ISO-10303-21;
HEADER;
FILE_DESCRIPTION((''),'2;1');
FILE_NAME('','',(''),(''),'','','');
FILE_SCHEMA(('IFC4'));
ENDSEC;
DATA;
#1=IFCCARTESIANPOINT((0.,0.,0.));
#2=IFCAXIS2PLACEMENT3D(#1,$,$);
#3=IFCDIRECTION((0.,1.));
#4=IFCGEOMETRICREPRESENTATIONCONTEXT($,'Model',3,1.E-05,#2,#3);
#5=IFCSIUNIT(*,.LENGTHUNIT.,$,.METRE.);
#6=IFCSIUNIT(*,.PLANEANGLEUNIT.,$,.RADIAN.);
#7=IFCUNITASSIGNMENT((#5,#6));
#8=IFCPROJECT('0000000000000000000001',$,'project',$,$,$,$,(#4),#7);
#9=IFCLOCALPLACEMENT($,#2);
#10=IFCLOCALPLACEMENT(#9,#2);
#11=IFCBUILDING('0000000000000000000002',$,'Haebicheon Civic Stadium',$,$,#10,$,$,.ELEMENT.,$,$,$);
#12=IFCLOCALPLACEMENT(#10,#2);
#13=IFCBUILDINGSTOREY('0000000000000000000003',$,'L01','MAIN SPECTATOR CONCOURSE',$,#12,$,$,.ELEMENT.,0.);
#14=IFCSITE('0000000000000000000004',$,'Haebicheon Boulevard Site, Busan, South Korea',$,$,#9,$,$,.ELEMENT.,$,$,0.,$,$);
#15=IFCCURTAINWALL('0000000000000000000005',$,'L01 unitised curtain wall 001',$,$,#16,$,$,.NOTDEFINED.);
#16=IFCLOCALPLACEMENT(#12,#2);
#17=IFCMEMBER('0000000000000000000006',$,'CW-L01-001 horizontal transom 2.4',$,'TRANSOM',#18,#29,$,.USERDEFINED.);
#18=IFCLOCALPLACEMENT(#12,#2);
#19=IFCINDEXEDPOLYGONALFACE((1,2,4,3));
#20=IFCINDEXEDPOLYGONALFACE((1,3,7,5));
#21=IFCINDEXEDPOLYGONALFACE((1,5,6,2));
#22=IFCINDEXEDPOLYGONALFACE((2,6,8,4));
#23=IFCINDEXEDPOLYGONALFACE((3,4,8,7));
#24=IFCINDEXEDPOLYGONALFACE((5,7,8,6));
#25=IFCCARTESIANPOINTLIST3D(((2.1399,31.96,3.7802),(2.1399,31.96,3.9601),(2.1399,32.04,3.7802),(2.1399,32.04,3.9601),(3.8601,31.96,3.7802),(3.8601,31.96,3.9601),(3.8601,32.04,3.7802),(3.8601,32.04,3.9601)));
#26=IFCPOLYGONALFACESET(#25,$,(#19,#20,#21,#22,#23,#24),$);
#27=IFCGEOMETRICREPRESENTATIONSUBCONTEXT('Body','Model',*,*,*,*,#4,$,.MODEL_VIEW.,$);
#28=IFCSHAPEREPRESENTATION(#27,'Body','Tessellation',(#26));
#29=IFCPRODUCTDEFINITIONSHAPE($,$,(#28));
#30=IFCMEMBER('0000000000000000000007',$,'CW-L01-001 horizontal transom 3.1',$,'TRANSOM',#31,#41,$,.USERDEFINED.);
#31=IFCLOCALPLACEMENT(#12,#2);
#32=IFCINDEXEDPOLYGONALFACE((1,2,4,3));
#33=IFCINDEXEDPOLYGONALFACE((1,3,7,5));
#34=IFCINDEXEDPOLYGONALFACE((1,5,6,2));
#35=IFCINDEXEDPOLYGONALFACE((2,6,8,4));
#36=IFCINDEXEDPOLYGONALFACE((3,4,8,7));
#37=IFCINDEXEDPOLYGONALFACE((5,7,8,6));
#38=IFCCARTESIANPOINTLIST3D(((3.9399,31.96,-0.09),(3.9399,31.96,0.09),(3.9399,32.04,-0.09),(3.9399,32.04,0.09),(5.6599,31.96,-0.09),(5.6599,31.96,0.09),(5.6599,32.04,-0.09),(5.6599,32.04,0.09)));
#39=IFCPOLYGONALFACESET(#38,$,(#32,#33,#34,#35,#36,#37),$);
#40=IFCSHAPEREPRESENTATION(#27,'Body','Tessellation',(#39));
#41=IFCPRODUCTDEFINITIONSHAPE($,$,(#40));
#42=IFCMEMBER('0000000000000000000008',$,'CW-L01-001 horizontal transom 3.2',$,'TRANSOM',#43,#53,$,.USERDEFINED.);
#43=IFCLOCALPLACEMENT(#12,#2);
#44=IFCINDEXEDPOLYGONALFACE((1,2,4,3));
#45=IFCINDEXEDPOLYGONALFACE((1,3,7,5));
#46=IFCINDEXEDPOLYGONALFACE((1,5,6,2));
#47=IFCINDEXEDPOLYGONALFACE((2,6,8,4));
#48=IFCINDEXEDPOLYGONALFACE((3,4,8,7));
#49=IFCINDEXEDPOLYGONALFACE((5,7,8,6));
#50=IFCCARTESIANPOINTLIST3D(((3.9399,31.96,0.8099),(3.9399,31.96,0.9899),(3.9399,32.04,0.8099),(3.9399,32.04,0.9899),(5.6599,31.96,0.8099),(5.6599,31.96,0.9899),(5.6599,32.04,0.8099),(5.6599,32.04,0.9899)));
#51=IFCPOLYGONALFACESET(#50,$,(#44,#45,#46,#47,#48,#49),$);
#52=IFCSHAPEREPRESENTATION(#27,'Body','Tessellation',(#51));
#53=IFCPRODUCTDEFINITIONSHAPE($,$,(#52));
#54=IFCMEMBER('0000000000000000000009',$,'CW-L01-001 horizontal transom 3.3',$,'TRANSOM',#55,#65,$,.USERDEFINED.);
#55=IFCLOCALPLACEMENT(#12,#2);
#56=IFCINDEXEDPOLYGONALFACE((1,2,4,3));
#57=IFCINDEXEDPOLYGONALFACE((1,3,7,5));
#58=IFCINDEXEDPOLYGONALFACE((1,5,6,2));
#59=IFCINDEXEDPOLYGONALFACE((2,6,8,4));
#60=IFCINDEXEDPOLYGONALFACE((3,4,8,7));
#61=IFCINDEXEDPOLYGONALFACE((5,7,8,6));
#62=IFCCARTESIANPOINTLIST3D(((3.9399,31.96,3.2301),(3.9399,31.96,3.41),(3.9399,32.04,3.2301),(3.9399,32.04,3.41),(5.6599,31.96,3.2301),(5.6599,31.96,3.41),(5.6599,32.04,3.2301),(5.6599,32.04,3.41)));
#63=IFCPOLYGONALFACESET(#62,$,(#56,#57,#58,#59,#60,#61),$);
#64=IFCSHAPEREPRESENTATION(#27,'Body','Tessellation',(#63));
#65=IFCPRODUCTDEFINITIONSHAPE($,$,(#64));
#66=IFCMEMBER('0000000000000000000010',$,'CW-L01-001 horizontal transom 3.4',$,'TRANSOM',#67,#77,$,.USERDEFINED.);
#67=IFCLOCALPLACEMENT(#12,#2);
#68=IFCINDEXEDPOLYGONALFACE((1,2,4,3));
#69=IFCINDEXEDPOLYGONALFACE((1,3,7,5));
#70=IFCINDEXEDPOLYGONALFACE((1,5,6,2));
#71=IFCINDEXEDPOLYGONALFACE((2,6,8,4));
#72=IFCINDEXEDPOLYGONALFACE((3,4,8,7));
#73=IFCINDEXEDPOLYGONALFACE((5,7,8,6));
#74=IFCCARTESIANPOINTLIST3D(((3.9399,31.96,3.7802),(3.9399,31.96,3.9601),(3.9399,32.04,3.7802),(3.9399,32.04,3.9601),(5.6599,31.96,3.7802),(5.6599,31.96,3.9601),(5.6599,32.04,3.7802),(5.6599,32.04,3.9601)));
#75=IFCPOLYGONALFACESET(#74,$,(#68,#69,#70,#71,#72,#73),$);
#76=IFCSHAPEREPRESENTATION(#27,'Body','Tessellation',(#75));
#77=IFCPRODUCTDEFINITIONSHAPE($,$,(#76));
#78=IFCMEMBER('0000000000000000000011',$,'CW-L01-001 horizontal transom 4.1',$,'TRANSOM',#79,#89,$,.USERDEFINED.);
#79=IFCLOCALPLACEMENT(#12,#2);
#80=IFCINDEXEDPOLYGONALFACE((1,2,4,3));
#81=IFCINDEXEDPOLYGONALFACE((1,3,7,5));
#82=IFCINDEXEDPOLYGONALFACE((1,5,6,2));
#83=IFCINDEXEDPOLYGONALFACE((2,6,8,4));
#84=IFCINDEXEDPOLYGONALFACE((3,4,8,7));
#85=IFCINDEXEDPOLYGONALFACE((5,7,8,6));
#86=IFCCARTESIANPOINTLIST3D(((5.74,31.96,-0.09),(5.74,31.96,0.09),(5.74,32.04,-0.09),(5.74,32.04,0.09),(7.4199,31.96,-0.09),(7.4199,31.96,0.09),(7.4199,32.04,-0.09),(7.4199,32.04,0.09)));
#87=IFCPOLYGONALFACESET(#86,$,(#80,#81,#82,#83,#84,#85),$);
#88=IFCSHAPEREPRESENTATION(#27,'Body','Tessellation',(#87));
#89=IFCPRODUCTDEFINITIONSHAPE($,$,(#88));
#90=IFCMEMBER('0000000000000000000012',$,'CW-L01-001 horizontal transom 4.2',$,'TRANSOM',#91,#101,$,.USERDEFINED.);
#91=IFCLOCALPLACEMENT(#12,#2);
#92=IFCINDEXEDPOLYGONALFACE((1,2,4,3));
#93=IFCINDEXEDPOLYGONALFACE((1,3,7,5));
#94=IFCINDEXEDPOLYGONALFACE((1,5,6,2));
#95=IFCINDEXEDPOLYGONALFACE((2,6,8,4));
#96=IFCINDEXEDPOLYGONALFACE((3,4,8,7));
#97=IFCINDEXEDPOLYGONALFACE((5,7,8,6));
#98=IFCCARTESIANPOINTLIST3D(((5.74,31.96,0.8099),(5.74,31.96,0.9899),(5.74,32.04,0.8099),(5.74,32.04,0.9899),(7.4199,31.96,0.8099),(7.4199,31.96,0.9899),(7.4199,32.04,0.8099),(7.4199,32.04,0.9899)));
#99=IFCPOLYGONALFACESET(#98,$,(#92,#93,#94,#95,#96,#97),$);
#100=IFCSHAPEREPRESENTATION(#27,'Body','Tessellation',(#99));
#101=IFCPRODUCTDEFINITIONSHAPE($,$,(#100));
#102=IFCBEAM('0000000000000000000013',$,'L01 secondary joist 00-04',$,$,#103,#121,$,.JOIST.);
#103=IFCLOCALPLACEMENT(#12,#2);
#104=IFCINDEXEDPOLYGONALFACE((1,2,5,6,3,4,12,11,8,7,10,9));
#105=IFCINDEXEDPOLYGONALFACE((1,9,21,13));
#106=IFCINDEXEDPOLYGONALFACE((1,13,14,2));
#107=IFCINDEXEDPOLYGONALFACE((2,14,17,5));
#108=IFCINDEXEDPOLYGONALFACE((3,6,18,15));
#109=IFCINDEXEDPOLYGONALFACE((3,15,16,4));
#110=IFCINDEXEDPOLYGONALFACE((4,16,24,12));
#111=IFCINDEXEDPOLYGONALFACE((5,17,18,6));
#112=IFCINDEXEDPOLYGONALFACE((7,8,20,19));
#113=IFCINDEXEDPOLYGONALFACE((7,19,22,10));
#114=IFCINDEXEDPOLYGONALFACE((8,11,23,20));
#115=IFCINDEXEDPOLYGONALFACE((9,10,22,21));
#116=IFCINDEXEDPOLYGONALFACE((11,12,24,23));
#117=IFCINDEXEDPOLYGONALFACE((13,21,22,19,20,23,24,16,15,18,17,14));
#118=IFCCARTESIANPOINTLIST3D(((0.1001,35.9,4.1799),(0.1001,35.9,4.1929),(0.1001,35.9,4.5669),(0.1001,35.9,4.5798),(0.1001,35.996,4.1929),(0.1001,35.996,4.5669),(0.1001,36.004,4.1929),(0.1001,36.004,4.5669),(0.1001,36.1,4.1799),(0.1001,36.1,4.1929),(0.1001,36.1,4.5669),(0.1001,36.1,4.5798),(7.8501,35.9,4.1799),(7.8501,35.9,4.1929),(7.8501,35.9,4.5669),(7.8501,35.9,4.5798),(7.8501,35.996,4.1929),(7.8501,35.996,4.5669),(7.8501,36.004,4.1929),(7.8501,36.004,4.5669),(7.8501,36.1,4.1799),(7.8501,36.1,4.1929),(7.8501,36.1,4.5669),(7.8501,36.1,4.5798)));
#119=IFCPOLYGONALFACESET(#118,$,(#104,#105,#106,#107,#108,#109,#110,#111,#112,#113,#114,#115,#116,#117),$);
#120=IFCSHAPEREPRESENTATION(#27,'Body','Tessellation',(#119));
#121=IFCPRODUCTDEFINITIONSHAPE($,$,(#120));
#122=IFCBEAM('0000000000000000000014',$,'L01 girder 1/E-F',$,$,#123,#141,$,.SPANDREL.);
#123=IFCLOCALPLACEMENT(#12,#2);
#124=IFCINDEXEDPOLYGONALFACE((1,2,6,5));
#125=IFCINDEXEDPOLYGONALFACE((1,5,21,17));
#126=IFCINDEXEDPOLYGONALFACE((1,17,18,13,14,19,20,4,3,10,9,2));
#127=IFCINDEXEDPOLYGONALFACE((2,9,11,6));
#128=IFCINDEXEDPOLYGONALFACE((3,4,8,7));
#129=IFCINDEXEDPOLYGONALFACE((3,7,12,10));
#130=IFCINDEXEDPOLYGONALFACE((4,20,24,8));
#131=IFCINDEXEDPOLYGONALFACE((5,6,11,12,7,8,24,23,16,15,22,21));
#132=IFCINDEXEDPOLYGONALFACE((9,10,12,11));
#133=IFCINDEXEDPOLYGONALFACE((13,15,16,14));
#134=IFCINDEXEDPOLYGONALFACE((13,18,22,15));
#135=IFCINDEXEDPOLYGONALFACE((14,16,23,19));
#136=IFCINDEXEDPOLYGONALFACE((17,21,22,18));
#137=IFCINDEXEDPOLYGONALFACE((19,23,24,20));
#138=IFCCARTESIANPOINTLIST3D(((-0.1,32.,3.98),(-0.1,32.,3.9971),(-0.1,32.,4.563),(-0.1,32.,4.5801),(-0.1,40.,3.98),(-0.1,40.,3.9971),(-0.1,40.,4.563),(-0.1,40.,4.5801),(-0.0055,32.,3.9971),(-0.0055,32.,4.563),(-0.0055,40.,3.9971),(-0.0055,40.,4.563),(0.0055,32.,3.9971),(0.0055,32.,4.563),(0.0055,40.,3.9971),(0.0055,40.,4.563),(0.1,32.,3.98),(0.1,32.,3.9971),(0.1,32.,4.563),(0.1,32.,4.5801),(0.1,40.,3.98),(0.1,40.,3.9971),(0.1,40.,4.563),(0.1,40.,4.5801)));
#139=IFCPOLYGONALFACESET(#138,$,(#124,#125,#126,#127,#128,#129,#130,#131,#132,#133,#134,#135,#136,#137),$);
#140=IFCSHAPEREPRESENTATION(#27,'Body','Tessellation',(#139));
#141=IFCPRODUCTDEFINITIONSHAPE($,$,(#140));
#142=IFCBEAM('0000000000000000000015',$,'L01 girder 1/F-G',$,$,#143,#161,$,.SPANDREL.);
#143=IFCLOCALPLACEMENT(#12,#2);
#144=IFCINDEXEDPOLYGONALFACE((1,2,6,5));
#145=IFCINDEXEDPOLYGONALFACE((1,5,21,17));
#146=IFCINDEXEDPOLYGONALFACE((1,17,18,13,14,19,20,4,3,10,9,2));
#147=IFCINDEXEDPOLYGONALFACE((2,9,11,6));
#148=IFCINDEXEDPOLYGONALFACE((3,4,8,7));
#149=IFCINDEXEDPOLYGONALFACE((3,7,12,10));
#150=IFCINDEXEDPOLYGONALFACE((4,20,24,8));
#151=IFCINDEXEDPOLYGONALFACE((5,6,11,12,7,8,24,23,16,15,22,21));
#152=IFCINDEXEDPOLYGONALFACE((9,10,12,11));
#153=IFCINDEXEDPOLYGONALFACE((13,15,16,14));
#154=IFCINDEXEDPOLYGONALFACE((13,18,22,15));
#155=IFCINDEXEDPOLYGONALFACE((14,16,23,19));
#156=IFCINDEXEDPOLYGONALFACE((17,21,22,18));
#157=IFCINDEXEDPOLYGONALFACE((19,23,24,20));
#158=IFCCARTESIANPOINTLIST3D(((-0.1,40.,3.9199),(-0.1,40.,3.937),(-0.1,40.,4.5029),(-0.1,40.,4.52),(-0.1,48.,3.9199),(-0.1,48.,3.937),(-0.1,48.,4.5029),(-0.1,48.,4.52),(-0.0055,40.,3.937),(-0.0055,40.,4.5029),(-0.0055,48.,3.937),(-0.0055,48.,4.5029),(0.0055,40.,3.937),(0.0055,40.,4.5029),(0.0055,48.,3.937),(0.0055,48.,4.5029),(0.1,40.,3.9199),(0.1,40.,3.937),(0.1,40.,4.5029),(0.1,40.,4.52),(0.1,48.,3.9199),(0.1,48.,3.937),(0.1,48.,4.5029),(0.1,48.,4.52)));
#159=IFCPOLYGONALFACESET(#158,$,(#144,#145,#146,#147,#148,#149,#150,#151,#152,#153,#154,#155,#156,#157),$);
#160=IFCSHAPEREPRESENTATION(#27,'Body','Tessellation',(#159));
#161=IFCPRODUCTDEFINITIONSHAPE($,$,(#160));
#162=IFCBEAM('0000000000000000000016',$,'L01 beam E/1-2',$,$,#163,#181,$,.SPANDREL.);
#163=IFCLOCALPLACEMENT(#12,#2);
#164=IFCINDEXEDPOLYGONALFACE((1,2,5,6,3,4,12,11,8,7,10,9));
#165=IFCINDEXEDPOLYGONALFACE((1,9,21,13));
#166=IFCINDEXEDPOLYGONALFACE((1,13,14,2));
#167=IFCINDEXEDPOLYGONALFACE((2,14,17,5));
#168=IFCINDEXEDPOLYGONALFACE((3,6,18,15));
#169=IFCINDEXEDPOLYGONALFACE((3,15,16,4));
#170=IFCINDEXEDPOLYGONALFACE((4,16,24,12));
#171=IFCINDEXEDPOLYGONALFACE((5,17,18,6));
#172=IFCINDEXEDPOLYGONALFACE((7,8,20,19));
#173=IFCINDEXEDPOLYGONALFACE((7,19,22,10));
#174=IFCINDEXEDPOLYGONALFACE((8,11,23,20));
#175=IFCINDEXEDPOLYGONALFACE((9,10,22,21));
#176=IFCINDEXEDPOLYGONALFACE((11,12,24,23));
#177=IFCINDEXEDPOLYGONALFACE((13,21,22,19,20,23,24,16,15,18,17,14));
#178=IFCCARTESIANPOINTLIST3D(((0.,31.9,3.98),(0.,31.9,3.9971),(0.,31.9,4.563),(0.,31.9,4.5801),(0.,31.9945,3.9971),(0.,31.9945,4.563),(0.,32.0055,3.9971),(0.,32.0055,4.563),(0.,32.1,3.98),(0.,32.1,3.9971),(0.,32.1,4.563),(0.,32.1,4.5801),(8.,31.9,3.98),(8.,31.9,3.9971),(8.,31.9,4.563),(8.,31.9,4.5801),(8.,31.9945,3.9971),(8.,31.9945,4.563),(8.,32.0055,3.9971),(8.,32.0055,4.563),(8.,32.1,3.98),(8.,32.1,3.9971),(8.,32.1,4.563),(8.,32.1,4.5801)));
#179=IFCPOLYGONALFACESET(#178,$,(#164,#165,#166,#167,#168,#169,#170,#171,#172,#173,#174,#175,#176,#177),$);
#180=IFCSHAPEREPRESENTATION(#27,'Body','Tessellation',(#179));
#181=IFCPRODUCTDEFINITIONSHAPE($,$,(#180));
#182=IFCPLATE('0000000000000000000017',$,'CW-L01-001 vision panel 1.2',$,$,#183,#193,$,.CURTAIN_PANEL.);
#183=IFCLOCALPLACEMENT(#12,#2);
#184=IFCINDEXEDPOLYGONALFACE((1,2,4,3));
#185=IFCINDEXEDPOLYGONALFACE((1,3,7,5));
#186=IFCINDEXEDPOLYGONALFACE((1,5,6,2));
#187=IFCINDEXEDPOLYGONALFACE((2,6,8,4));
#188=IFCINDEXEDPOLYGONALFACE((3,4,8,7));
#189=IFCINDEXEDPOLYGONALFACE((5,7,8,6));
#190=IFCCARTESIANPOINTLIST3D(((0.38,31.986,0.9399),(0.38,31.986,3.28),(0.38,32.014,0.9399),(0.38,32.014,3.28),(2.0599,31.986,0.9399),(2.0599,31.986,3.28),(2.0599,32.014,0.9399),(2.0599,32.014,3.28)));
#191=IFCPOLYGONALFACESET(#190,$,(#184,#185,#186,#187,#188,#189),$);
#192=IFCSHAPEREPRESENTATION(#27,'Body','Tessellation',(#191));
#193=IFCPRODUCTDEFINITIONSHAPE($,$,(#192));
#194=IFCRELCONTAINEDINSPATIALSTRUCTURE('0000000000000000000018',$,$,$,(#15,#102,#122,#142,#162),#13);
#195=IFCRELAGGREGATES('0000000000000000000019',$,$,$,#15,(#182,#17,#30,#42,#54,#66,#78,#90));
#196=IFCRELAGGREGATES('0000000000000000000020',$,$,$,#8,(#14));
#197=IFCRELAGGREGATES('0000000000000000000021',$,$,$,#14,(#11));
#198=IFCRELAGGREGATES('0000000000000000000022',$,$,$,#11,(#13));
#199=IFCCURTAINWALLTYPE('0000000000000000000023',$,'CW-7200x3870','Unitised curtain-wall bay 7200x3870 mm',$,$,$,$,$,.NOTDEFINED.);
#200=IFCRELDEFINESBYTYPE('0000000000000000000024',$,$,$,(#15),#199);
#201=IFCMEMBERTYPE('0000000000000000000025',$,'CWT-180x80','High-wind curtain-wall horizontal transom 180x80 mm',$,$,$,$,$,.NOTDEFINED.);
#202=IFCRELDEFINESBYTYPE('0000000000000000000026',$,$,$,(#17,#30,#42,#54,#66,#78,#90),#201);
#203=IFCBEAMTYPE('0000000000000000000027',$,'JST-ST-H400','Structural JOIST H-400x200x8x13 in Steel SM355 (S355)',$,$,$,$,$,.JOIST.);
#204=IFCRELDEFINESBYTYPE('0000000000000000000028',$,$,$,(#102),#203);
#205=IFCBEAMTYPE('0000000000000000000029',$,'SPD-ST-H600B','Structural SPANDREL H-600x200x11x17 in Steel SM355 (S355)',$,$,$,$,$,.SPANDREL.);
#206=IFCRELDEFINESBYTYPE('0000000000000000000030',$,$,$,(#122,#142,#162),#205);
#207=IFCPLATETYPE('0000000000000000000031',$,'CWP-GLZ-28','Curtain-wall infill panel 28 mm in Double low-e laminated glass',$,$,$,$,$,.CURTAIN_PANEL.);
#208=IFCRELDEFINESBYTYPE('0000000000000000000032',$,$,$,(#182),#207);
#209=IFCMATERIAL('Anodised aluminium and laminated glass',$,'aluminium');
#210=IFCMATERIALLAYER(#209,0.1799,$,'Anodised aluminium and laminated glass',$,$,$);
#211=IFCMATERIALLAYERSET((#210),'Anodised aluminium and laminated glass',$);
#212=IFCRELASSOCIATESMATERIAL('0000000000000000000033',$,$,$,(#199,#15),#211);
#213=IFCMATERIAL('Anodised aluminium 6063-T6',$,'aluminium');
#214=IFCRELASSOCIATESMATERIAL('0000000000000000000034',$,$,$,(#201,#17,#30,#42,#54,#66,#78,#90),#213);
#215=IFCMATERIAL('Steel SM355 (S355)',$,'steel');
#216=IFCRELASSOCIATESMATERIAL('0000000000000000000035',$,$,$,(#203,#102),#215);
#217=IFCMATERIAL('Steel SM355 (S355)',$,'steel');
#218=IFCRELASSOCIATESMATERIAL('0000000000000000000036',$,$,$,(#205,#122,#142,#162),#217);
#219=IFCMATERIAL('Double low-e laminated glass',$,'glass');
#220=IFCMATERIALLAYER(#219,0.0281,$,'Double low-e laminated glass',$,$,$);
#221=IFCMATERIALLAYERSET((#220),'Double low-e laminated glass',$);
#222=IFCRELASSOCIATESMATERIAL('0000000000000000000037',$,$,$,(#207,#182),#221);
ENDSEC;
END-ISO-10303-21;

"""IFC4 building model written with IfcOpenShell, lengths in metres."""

from ifc_helpers import new_model, si_unit, direction, frame, origin, origin_2d, place, context, subcontext, project, spatial, rectangle, i_section, extrude, material, layer, layer_set, material_profile, profile_set, type_object, element, aggregate, save


model = new_model("IFC4")

# Units and contexts
model_context = context("Model", 3, precision=1e-05, world=origin(), true_north=direction((0.0, 1.0)))
body_context = subcontext(model_context, "Body", "Model", "MODEL_VIEW")
ifc_project = project(units=[si_unit("LENGTHUNIT", "METRE"), si_unit("PLANEANGLEUNIT", "RADIAN")], contexts=[model_context])

# Site, building, storey
site_placement = place(None, origin())
site = spatial("IfcSite", under=ifc_project, at=site_placement, Name="Haebicheon Boulevard Site, Busan, South Korea", CompositionType="ELEMENT", RefElevation=0.0)
building_placement = place(site_placement, origin())
building = spatial("IfcBuilding", under=site, at=building_placement, Name="Haebicheon Civic Stadium", CompositionType="ELEMENT")
storey_placement = place(building_placement, origin())
storey = spatial("IfcBuildingStorey", under=building, at=storey_placement, Name="L01", Description="MAIN SPECTATOR CONCOURSE", CompositionType="ELEMENT", Elevation=0.0)

# Curtain wall, members
ifc_material_1 = material(Name="Anodised aluminium and laminated glass", Category="aluminium")
ifc_layer_1 = layer(ifc_material_1, 0.1799, Name="Anodised aluminium and laminated glass")
ifc_layer_set_1 = layer_set([ifc_layer_1], Name="Anodised aluminium and laminated glass")
curtain_wall_type = type_object("IfcCurtainWallType", Name="CW-7200x3870", Description="Unitised curtain-wall bay 7200x3870 mm", PredefinedType="NOTDEFINED", material=ifc_layer_set_1)
curtain_wall_placement = place(storey_placement, origin())
curtain_wall = element("IfcCurtainWall", 1, at=curtain_wall_placement, inside=storey, type_object=curtain_wall_type, material=ifc_layer_set_1, Name="L01 unitised curtain wall 001", PredefinedType="NOTDEFINED")
ifc_material_2 = material(Name="Anodised aluminium 6063-T6", Category="aluminium")
ifc_material_profile_1 = material_profile(ifc_material_2, rectangle(XDim=0.0801, YDim=0.1799, at=origin_2d()), Name="ALU-TRAN-80x180")
ifc_profile_set_1 = profile_set([ifc_material_profile_1], Name="Anodised aluminium 6063-T6")
member_type_1 = type_object("IfcMemberType", Name="CWT-180x80", Description="High-wind curtain-wall horizontal transom 180x80 mm", PredefinedType="NOTDEFINED", material=ifc_profile_set_1)
member_1_placement = place(storey_placement, frame((2.1399, 32.0, 3.8701), z_axis=(1.0, 0.0, 0.0), x_axis=(0.0, 1.0, 0.0)))
member_1 = element("IfcMember", 2, at=member_1_placement, type_object=member_type_1, material=ifc_profile_set_1, Name="CW-L01-001 horizontal transom 2.4", ObjectType="TRANSOM", PredefinedType="USERDEFINED", context=body_context, shape_type="SweptSolid", body=[
    extrude(rectangle(XDim=0.0801, YDim=0.1799, at=origin_2d()), origin(), (0.0, 0.0, 1.0), 1.7202),
])
member_2_placement = place(storey_placement, frame((3.9399, 32.0, 0.0), z_axis=(1.0, 0.0, 0.0), x_axis=(0.0, 1.0, 0.0)))
member_2 = element("IfcMember", 3, at=member_2_placement, type_object=member_type_1, material=ifc_profile_set_1, Name="CW-L01-001 horizontal transom 3.1", ObjectType="TRANSOM", PredefinedType="USERDEFINED", context=body_context, shape_type="SweptSolid", body=[
    extrude(rectangle(XDim=0.0801, YDim=0.1799, at=origin_2d()), origin(), (0.0, 0.0, 1.0), 1.72),
])
member_3_placement = place(storey_placement, frame((3.9399, 32.0, 0.8999), z_axis=(1.0, 0.0, 0.0), x_axis=(0.0, 1.0, 0.0)))
member_3 = element("IfcMember", 4, at=member_3_placement, type_object=member_type_1, material=ifc_profile_set_1, Name="CW-L01-001 horizontal transom 3.2", ObjectType="TRANSOM", PredefinedType="USERDEFINED", context=body_context, shape_type="SweptSolid", body=[
    extrude(rectangle(XDim=0.0801, YDim=0.1799, at=origin_2d()), origin(), (0.0, 0.0, 1.0), 1.72),
])
member_4_placement = place(storey_placement, frame((3.9399, 32.0, 3.3201), z_axis=(1.0, 0.0, 0.0), x_axis=(0.0, 1.0, 0.0)))
member_4 = element("IfcMember", 5, at=member_4_placement, type_object=member_type_1, material=ifc_profile_set_1, Name="CW-L01-001 horizontal transom 3.3", ObjectType="TRANSOM", PredefinedType="USERDEFINED", context=body_context, shape_type="SweptSolid", body=[
    extrude(rectangle(XDim=0.0801, YDim=0.1799, at=origin_2d()), origin(), (0.0, 0.0, 1.0), 1.72),
])
member_5_placement = place(storey_placement, frame((3.9399, 32.0, 3.8701), z_axis=(1.0, 0.0, 0.0), x_axis=(0.0, 1.0, 0.0)))
member_5 = element("IfcMember", 6, at=member_5_placement, type_object=member_type_1, material=ifc_profile_set_1, Name="CW-L01-001 horizontal transom 3.4", ObjectType="TRANSOM", PredefinedType="USERDEFINED", context=body_context, shape_type="SweptSolid", body=[
    extrude(rectangle(XDim=0.0801, YDim=0.1799, at=origin_2d()), origin(), (0.0, 0.0, 1.0), 1.72),
])
member_6_placement = place(storey_placement, frame((5.74, 32.0, 0.0), z_axis=(1.0, 0.0, 0.0), x_axis=(0.0, 1.0, 0.0)))
member_6 = element("IfcMember", 7, at=member_6_placement, type_object=member_type_1, material=ifc_profile_set_1, Name="CW-L01-001 horizontal transom 4.1", ObjectType="TRANSOM", PredefinedType="USERDEFINED", context=body_context, shape_type="SweptSolid", body=[
    extrude(rectangle(XDim=0.0801, YDim=0.1799, at=origin_2d()), origin(), (0.0, 0.0, 1.0), 1.6799),
])
member_7_placement = place(storey_placement, frame((5.74, 32.0, 0.8999), z_axis=(1.0, 0.0, 0.0), x_axis=(0.0, 1.0, 0.0)))
member_7 = element("IfcMember", 8, at=member_7_placement, type_object=member_type_1, material=ifc_profile_set_1, Name="CW-L01-001 horizontal transom 4.2", ObjectType="TRANSOM", PredefinedType="USERDEFINED", context=body_context, shape_type="SweptSolid", body=[
    extrude(rectangle(XDim=0.0801, YDim=0.1799, at=origin_2d()), origin(), (0.0, 0.0, 1.0), 1.6799),
])

# Beams
ifc_material_3 = material(Name="Steel SM355 (S355)", Category="steel")
ifc_material_profile_2 = material_profile(ifc_material_3, i_section(OverallWidth=0.2, OverallDepth=0.3999, WebThickness=0.0081, FlangeThickness=0.0129, at=origin_2d()), Name="H-400x200x8x13")
ifc_profile_set_2 = profile_set([ifc_material_profile_2], Name="Steel SM355 (S355)")
beam_type_1 = type_object("IfcBeamType", Name="JST-ST-H400", Description="Structural JOIST H-400x200x8x13 in Steel SM355 (S355)", PredefinedType="JOIST", material=ifc_profile_set_2)
beam_1_placement = place(storey_placement, frame((0.1001, 36.0, 4.3799), z_axis=(1.0, 0.0, 0.0), x_axis=(0.0, 1.0, 0.0)))
element("IfcBeam", 9, at=beam_1_placement, inside=storey, type_object=beam_type_1, material=ifc_profile_set_2, Name="L01 secondary joist 00-04", PredefinedType="JOIST", context=body_context, shape_type="SweptSolid", body=[
    extrude(i_section(OverallWidth=0.2, OverallDepth=0.3999, WebThickness=0.0081, FlangeThickness=0.0129, at=origin_2d()), origin(), (0.0, 0.0, 1.0), 7.75),
])
ifc_material_4 = material(Name="Steel SM355 (S355)", Category="steel")
ifc_material_profile_3 = material_profile(ifc_material_4, i_section(OverallWidth=0.2, OverallDepth=0.6001, WebThickness=0.011, FlangeThickness=0.0171, at=origin_2d()), Name="H-600x200x11x17")
ifc_profile_set_3 = profile_set([ifc_material_profile_3], Name="Steel SM355 (S355)")
beam_type_2 = type_object("IfcBeamType", Name="SPD-ST-H600B", Description="Structural SPANDREL H-600x200x11x17 in Steel SM355 (S355)", PredefinedType="SPANDREL", material=ifc_profile_set_3)
for number, where, z_axis, x_axis, name in (
    (10, (0.0, 32.0, 4.28), (0.0, 1.0, 0.0), (-1.0, 0.0, 0.0), "L01 girder 1/E-F"),
    (11, (0.0, 40.0, 4.22), (0.0, 1.0, 0.0), (-1.0, 0.0, 0.0), "L01 girder 1/F-G"),
    (12, (0.0, 32.0, 4.28), (1.0, 0.0, 0.0), (0.0, 1.0, 0.0), "L01 beam E/1-2"),
):
    element("IfcBeam", number, at=place(storey_placement, frame(where, z_axis=z_axis, x_axis=x_axis)), inside=storey, type_object=beam_type_2, material=ifc_profile_set_3, Name=name, PredefinedType="SPANDREL", context=body_context, shape_type="SweptSolid", body=[
        extrude(i_section(OverallWidth=0.2, OverallDepth=0.6001, WebThickness=0.011, FlangeThickness=0.0171, at=origin_2d()), origin(), (0.0, 0.0, 1.0), 8.0),
    ])

# Plate
ifc_material_5 = material(Name="Double low-e laminated glass", Category="glass")
ifc_layer_2 = layer(ifc_material_5, 0.0281, Name="Double low-e laminated glass")
ifc_layer_set_2 = layer_set([ifc_layer_2], Name="Double low-e laminated glass")
plate_type_1 = type_object("IfcPlateType", Name="CWP-GLZ-28", Description="Curtain-wall infill panel 28 mm in Double low-e laminated glass", PredefinedType="CURTAIN_PANEL", material=ifc_layer_set_2)
plate_1_placement = place(storey_placement, frame((1.22, 32.0, 0.9399), z_axis=(0.0, 0.0, 1.0), x_axis=(1.0, 0.0, 0.0)))
plate_1 = element("IfcPlate", 13, at=plate_1_placement, type_object=plate_type_1, material=ifc_layer_set_2, Name="CW-L01-001 vision panel 1.2", PredefinedType="CURTAIN_PANEL", context=body_context, shape_type="SweptSolid", body=[
    extrude(rectangle(XDim=1.6799, YDim=0.0281, at=origin_2d()), origin(), (0.0, 0.0, 1.0), 2.3401),
])
aggregate(curtain_wall, [plate_1, member_1, member_2, member_3, member_4, member_5, member_6, member_7])

save(model, "model.ifc")
